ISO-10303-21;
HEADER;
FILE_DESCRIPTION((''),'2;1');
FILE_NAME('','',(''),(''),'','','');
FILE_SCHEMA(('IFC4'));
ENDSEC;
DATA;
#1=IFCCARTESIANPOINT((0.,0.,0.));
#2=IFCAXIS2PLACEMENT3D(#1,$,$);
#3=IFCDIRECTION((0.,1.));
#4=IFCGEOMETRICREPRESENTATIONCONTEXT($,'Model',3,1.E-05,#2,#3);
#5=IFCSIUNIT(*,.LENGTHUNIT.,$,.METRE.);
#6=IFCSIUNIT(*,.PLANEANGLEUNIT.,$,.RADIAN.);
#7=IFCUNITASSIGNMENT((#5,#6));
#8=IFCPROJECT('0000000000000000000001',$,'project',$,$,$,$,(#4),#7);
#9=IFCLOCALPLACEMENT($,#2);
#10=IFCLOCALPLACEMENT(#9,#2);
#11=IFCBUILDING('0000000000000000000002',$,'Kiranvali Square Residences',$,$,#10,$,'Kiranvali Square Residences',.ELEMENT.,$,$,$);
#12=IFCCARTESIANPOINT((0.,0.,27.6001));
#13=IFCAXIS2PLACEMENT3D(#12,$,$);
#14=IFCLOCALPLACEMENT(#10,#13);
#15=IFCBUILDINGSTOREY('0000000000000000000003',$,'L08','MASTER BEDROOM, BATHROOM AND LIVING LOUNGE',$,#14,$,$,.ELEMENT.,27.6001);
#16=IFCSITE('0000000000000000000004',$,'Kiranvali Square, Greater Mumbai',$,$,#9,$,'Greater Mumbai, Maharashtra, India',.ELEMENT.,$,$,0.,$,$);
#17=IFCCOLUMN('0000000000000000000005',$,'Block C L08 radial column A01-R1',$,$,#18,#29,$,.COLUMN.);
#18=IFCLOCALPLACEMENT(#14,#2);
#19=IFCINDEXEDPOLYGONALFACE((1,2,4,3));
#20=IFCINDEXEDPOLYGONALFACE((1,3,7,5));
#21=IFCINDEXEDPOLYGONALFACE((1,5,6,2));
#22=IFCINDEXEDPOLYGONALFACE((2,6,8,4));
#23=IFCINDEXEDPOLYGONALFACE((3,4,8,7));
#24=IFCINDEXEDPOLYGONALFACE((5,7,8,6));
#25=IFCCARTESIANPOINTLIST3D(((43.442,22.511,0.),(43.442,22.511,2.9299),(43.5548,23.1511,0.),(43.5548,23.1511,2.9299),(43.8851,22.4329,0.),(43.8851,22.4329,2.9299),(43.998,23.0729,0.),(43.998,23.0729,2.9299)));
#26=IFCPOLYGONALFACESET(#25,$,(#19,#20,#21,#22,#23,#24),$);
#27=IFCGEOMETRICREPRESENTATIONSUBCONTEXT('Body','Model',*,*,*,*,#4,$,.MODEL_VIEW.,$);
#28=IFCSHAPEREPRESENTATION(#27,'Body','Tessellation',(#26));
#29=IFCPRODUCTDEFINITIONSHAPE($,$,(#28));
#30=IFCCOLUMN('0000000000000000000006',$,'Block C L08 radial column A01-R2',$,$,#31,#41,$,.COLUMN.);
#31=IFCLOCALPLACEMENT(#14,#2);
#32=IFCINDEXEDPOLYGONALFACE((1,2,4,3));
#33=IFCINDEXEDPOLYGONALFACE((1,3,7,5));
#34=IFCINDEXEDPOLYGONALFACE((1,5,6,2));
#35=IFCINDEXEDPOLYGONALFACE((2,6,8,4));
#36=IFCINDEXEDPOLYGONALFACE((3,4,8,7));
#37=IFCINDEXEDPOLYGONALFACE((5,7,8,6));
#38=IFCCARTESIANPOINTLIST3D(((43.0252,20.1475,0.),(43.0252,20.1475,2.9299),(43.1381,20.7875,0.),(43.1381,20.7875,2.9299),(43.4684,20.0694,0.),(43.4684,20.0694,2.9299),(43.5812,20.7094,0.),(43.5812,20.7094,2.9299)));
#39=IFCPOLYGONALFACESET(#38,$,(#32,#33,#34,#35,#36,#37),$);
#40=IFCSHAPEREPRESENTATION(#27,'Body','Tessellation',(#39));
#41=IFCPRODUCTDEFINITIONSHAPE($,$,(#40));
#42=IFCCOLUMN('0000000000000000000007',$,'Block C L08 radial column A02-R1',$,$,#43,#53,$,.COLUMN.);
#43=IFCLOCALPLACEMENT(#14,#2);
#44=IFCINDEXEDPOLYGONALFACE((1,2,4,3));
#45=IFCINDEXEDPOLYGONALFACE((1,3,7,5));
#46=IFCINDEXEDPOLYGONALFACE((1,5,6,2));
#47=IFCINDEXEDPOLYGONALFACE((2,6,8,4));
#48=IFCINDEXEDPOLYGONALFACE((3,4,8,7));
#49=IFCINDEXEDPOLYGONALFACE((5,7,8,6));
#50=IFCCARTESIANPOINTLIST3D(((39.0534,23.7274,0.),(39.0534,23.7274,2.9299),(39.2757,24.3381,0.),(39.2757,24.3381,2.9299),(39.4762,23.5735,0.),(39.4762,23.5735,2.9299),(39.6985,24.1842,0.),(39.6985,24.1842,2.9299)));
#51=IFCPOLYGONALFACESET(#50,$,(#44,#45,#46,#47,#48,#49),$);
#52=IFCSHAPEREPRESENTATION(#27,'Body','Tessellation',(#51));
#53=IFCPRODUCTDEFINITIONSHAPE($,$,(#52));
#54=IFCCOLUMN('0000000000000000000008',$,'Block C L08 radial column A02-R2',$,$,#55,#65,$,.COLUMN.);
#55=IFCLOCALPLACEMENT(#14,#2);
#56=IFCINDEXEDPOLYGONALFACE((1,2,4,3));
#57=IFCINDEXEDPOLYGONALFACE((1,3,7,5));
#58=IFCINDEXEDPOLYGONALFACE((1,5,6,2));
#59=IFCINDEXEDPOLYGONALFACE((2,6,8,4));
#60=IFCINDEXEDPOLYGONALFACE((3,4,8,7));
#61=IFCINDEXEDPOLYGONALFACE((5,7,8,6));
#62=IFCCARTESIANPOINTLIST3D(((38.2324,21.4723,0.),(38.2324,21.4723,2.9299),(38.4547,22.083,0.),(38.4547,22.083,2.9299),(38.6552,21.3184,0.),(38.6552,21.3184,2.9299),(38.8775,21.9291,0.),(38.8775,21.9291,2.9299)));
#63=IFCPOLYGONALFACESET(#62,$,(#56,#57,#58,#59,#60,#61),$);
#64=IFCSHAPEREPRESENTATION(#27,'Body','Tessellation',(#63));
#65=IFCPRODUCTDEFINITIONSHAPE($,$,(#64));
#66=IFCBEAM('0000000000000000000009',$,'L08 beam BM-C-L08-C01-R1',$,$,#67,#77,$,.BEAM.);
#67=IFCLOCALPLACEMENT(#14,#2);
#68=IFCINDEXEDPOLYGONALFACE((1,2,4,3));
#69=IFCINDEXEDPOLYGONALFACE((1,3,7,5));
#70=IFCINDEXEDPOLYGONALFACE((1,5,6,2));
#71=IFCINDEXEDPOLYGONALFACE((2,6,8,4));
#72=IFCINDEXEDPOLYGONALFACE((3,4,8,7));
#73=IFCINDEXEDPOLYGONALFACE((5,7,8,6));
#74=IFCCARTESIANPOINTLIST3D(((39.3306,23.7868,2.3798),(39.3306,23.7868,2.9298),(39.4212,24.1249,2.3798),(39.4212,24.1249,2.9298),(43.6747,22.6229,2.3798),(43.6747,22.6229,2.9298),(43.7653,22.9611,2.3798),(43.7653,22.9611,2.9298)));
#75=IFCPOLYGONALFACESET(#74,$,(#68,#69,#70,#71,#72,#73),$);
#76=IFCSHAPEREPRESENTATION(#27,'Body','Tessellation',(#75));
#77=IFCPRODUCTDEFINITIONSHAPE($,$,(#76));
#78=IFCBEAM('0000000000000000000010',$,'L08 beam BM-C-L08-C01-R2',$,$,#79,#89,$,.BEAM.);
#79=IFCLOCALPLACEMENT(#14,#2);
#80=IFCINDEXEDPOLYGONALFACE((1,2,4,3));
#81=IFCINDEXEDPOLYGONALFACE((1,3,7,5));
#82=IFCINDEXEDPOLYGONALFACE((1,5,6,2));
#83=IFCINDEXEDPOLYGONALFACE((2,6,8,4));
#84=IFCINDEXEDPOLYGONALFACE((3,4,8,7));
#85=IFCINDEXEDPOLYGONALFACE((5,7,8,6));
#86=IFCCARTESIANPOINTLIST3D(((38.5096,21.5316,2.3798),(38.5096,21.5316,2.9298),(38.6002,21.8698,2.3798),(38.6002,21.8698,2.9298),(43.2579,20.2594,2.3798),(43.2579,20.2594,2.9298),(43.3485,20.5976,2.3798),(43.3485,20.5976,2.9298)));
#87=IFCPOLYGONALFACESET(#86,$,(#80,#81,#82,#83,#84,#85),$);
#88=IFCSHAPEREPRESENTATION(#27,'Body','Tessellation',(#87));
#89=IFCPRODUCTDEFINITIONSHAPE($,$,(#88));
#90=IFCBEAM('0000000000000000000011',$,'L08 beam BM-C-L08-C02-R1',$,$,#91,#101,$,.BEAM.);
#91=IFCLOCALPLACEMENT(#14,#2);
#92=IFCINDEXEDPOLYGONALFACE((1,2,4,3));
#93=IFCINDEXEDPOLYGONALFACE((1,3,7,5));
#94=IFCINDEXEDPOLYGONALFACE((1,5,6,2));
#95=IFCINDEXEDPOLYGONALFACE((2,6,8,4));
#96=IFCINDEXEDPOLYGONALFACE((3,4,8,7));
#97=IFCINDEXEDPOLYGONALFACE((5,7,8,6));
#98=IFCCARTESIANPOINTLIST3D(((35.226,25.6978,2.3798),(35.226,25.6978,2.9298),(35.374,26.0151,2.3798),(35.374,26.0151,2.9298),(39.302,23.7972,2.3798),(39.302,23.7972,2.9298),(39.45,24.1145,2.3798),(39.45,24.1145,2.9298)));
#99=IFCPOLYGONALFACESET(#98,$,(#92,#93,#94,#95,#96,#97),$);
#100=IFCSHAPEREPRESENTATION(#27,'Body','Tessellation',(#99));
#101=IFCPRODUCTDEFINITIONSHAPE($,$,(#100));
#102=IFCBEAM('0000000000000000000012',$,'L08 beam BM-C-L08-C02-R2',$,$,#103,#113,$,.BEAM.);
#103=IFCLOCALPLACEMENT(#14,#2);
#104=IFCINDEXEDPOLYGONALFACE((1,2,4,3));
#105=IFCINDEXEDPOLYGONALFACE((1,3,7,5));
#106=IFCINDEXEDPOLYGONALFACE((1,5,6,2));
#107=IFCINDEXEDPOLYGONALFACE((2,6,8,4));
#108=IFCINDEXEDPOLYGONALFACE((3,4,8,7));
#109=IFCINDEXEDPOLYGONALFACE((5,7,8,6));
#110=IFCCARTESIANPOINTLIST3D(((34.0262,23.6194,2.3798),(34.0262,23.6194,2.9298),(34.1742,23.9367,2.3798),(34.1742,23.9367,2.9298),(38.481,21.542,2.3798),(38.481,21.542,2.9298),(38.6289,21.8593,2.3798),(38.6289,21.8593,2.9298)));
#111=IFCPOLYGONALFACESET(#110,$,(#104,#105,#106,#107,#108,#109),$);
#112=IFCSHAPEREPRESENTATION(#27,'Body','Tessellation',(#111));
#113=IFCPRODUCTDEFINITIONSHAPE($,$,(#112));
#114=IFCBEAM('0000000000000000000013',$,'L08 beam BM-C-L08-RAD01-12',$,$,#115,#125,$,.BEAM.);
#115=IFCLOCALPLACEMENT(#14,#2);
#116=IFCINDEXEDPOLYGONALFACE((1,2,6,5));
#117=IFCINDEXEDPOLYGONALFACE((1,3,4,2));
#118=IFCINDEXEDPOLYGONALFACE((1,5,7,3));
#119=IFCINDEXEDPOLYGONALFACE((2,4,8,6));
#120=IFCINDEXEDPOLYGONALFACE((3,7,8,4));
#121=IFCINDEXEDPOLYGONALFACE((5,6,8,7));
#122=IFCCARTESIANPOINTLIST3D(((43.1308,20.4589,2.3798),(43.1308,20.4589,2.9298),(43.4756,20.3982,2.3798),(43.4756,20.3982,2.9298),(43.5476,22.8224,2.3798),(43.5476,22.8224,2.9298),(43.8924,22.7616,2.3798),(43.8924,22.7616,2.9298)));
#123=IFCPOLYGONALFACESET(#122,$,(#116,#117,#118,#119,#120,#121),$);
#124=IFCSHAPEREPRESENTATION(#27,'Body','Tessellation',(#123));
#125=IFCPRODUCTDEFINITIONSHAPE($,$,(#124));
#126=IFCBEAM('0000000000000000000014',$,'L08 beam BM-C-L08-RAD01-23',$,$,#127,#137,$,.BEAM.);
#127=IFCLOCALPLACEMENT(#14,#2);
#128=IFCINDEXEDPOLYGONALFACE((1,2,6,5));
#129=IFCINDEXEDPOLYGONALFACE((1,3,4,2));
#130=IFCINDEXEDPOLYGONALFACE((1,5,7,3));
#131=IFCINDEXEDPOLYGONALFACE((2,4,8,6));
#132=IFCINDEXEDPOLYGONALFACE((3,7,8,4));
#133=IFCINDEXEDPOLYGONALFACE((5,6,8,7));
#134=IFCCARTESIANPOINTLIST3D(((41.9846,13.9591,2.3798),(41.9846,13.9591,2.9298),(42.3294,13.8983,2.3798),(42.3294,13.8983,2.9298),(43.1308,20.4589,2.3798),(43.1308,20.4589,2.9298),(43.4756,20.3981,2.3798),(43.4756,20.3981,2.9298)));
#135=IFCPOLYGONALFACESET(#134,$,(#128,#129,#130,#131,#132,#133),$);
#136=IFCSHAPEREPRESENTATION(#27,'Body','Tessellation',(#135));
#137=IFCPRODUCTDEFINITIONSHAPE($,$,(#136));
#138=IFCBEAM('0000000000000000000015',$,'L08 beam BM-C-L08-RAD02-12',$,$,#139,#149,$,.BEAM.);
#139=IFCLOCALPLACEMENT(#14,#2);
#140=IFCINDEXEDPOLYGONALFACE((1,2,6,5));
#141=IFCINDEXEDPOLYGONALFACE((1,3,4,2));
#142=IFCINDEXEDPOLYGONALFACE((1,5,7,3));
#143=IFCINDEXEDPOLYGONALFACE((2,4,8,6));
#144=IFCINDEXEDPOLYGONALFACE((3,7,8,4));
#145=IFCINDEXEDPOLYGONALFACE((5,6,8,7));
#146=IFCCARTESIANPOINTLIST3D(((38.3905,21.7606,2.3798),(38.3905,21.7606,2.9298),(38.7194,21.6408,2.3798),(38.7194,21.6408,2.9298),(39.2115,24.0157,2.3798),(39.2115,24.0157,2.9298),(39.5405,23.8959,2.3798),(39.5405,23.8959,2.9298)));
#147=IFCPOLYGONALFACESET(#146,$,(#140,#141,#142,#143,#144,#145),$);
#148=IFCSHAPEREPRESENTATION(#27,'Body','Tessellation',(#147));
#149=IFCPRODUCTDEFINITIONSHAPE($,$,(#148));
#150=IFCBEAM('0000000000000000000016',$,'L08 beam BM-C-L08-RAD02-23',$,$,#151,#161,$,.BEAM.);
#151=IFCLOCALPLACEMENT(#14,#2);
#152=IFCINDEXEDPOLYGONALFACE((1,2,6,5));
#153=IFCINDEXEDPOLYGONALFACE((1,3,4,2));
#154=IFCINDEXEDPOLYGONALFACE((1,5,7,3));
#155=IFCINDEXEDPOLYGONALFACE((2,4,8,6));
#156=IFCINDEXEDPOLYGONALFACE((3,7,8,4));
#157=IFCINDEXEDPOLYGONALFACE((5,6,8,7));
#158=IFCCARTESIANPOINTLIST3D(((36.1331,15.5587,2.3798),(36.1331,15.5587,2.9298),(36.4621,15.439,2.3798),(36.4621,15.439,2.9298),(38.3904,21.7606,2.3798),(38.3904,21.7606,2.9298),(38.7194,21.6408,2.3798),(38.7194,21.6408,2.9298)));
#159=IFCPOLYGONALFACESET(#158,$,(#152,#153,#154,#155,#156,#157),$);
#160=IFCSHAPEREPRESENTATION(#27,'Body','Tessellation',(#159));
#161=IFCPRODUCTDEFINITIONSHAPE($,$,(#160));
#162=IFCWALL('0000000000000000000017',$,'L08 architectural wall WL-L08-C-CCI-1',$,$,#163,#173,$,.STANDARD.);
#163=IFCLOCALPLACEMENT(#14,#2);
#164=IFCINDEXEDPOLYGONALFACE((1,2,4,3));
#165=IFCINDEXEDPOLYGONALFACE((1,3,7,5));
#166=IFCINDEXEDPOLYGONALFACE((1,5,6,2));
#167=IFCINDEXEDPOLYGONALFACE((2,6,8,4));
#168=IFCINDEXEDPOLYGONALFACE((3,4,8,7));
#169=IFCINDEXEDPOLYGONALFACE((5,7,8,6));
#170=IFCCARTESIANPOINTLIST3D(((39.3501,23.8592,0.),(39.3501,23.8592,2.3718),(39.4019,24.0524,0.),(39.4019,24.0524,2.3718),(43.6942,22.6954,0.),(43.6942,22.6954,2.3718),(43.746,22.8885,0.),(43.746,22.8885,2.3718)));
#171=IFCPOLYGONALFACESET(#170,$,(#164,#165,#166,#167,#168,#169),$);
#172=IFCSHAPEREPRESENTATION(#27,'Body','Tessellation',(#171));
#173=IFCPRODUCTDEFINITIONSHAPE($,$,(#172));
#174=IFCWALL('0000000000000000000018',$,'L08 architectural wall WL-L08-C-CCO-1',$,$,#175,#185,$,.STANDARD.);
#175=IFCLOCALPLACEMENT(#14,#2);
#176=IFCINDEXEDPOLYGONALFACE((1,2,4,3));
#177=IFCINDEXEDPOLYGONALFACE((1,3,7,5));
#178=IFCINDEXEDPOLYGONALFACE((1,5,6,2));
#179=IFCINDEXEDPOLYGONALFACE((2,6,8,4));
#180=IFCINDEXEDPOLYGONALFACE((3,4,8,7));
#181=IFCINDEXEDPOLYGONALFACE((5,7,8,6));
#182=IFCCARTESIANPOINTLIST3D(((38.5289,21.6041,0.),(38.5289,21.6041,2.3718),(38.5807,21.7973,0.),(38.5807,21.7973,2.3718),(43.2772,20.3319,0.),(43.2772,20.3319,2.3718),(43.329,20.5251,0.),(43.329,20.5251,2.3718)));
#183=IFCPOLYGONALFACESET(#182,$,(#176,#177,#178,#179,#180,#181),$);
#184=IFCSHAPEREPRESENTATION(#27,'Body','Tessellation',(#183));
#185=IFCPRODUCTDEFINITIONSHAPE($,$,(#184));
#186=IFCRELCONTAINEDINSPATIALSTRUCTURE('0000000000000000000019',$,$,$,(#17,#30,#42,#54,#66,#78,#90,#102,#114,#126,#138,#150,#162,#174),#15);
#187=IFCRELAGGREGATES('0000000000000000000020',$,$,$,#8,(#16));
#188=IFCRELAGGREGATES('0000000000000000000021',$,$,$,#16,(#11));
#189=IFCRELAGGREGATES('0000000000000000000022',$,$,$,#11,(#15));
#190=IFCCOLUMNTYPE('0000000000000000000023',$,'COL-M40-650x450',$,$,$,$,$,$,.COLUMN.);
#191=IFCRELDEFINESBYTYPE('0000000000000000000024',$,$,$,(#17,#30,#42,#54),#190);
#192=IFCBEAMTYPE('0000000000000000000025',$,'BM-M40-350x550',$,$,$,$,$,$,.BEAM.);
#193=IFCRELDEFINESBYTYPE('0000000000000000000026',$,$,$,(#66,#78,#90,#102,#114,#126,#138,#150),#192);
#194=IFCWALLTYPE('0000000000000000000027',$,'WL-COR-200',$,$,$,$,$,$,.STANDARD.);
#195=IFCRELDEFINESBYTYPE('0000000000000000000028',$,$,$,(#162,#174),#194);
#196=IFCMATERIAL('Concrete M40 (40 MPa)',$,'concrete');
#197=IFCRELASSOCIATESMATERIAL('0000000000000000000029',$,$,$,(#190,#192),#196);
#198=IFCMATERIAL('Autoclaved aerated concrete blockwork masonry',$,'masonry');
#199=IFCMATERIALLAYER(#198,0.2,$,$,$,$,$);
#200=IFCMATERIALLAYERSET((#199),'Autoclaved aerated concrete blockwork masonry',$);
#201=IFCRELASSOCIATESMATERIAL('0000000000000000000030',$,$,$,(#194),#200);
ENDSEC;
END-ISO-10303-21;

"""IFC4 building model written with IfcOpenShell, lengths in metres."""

from ifc_helpers import new_model, si_unit, direction, frame, frame_2d, origin, origin_2d, place, context, subcontext, project, spatial, rectangle, extrude, material, layer, layer_set, material_profile, profile_set, type_object, element, save


model = new_model("IFC4")

# Units and contexts
model_context = context("Model", 3, precision=1e-05, world=origin(), true_north=direction((0.0, 1.0)))
body_context = subcontext(model_context, "Body", "Model", "MODEL_VIEW")
ifc_project = project(units=[si_unit("LENGTHUNIT", "METRE"), si_unit("PLANEANGLEUNIT", "RADIAN")], contexts=[model_context])

# Site, building, storey
site_placement = place(None, origin())
site = spatial("IfcSite", under=ifc_project, at=site_placement, Name="Kiranvali Square, Greater Mumbai", LongName="Greater Mumbai, Maharashtra, India", CompositionType="ELEMENT", RefElevation=0.0)
building_placement = place(site_placement, origin())
building = spatial("IfcBuilding", under=site, at=building_placement, Name="Kiranvali Square Residences", LongName="Kiranvali Square Residences", CompositionType="ELEMENT")
storey_placement = place(building_placement, frame((0.0, 0.0, 27.6001)))
storey = spatial("IfcBuildingStorey", under=building, at=storey_placement, Name="L08", Description="MASTER BEDROOM, BATHROOM AND LIVING LOUNGE", CompositionType="ELEMENT", Elevation=27.6001)

# Columns
ifc_material_1 = material(Name="Concrete M40 (40 MPa)", Category="concrete")
ifc_material_profile_1 = material_profile(ifc_material_1, rectangle(XDim=0.45, YDim=0.6499, at=origin_2d()), Name="RC 650x450")
ifc_profile_set_1 = profile_set([ifc_material_profile_1], Name="Concrete M40 (40 MPa)")
column_type = type_object("IfcColumnType", Name="COL-M40-650x450", PredefinedType="COLUMN", material=ifc_profile_set_1)
for number, where, z_axis, x_axis, name in (
    (1, (43.72, 22.792, 0.0), (0.0, 0.0, 1.0), (-0.984808, 0.173648, 0.0), "Block C L08 radial column A01-R1"),
    (2, (43.3032, 20.4285, 0.0), (0.0, 0.0, 1.0), (-0.984808, 0.173648, 0.0), "Block C L08 radial column A01-R2"),
    (3, (39.376, 23.9558, 0.0), (0.0, 0.0, 1.0), (-0.939693, 0.34202, 0.0), "Block C L08 radial column A02-R1"),
    (4, (38.5549, 21.7007, 0.0), (0.0, 0.0, 1.0), (-0.939693, 0.34202, 0.0), "Block C L08 radial column A02-R2"),
):
    element("IfcColumn", number, at=place(storey_placement, frame(where, z_axis=z_axis, x_axis=x_axis)), inside=storey, type_object=column_type, Name=name, PredefinedType="COLUMN", context=body_context, shape_type="SweptSolid", body=[
        extrude(rectangle(XDim=0.45, YDim=0.6499, at=origin_2d()), origin(), (0.0, 0.0, 1.0), 2.9299),
    ])

# Beams
ifc_material_profile_2 = material_profile(ifc_material_1, rectangle(XDim=0.3501, YDim=0.55, at=origin_2d()), Name="RC 350x550")
ifc_profile_set_2 = profile_set([ifc_material_profile_2], Name="Concrete M40 (40 MPa)")
beam_type = type_object("IfcBeamType", Name="BM-M40-350x550", PredefinedType="BEAM", material=ifc_profile_set_2)
beam_1_placement = place(storey_placement, frame((43.72, 22.792, 2.6548), z_axis=(-0.965934, 0.258788, 0.0), x_axis=(-0.258788, -0.965934, 0.0)))
element("IfcBeam", 5, at=beam_1_placement, inside=storey, type_object=beam_type, Name="L08 beam BM-C-L08-C01-R1", PredefinedType="BEAM", context=body_context, shape_type="SweptSolid", body=[
    extrude(rectangle(XDim=0.3501, YDim=0.55, at=origin_2d()), origin(), (0.0, 0.0, 1.0), 4.4973),
])
beam_2_placement = place(storey_placement, frame((43.3032, 20.4285, 2.6548), z_axis=(-0.96593, 0.258803, 0.0), x_axis=(-0.258803, -0.96593, 0.0)))
element("IfcBeam", 6, at=beam_2_placement, inside=storey, type_object=beam_type, Name="L08 beam BM-C-L08-C01-R2", PredefinedType="BEAM", context=body_context, shape_type="SweptSolid", body=[
    extrude(rectangle(XDim=0.3501, YDim=0.55, at=origin_2d()), origin(), (0.0, 0.0, 1.0), 4.9158),
])
beam_3_placement = place(storey_placement, frame((39.376, 23.9558, 2.6548), z_axis=(-0.906308, 0.422618, 0.0), x_axis=(-0.422618, -0.906308, 0.0)))
element("IfcBeam", 7, at=beam_3_placement, inside=storey, type_object=beam_type, Name="L08 beam BM-C-L08-C02-R1", PredefinedType="BEAM", context=body_context, shape_type="SweptSolid", body=[
    extrude(rectangle(XDim=0.3501, YDim=0.55, at=origin_2d()), origin(), (0.0, 0.0, 1.0), 4.4973),
])
beam_4_placement = place(storey_placement, frame((38.5549, 21.7007, 2.6548), z_axis=(-0.906302, 0.42263, 0.0), x_axis=(-0.42263, -0.906302, 0.0)))
element("IfcBeam", 8, at=beam_4_placement, inside=storey, type_object=beam_type, Name="L08 beam BM-C-L08-C02-R2", PredefinedType="BEAM", context=body_context, shape_type="SweptSolid", body=[
    extrude(rectangle(XDim=0.3501, YDim=0.55, at=origin_2d()), origin(), (0.0, 0.0, 1.0), 4.9153),
])
beam_5_placement = place(storey_placement, frame((43.72, 22.792, 2.6548), z_axis=(-0.173646, -0.984808, 0.0), x_axis=(0.984808, -0.173646, 0.0)))
element("IfcBeam", 9, at=beam_5_placement, inside=storey, type_object=beam_type, Name="L08 beam BM-C-L08-RAD01-12", PredefinedType="BEAM", context=body_context, shape_type="SweptSolid", body=[
    extrude(rectangle(XDim=0.3501, YDim=0.55, at=origin_2d()), origin(), (0.0, 0.0, 1.0), 2.3999),
])
beam_6_placement = place(storey_placement, frame((43.3032, 20.4285, 2.6548), z_axis=(-0.173671, -0.984804, 0.0), x_axis=(0.984804, -0.173671, 0.0)))
element("IfcBeam", 10, at=beam_6_placement, inside=storey, type_object=beam_type, Name="L08 beam BM-C-L08-RAD01-23", PredefinedType="BEAM", context=body_context, shape_type="SweptSolid", body=[
    extrude(rectangle(XDim=0.3501, YDim=0.55, at=origin_2d()), origin(), (0.0, 0.0, 1.0), 6.6001),
])
beam_7_placement = place(storey_placement, frame((39.376, 23.9558, 2.6548), z_axis=(-0.342111, -0.93966, 0.0), x_axis=(0.93966, -0.342111, 0.0)))
element("IfcBeam", 11, at=beam_7_placement, inside=storey, type_object=beam_type, Name="L08 beam BM-C-L08-RAD02-12", PredefinedType="BEAM", context=body_context, shape_type="SweptSolid", body=[
    extrude(rectangle(XDim=0.3501, YDim=0.55, at=origin_2d()), origin(), (0.0, 0.0, 1.0), 2.3999),
])
beam_8_placement = place(storey_placement, frame((38.5549, 21.7007, 2.6548), z_axis=(-0.342022, -0.939692, 0.0), x_axis=(0.939692, -0.342022, 0.0)))
element("IfcBeam", 12, at=beam_8_placement, inside=storey, type_object=beam_type, Name="L08 beam BM-C-L08-RAD02-23", PredefinedType="BEAM", context=body_context, shape_type="SweptSolid", body=[
    extrude(rectangle(XDim=0.3501, YDim=0.55, at=origin_2d()), origin(), (0.0, 0.0, 1.0), 6.5999),
])

# Walls
ifc_material_2 = material(Name="Autoclaved aerated concrete blockwork masonry", Category="masonry")
ifc_layer_1 = layer(ifc_material_2, 0.2)
ifc_layer_set_1 = layer_set([ifc_layer_1], Name="Autoclaved aerated concrete blockwork masonry")
wall_type_1 = type_object("IfcWallType", Name="WL-COR-200", PredefinedType="STANDARD", material=ifc_layer_set_1)
wall_1_placement = place(storey_placement, frame((43.72, 22.792, 0.0), z_axis=(0.0, 0.0, 1.0), x_axis=(-0.965934, 0.258788, 0.0)))
element("IfcWall", 13, at=wall_1_placement, inside=storey, type_object=wall_type_1, Name="L08 architectural wall WL-L08-C-CCI-1", PredefinedType="STANDARD", context=body_context, shape_type="SweptSolid", body=[
    extrude(rectangle(XDim=4.4973, YDim=0.2, at=frame_2d((2.2485, 0.0))), origin(), (0.0, 0.0, 1.0), 2.3718),
])
wall_2_placement = place(storey_placement, frame((43.3032, 20.4285, 0.0), z_axis=(0.0, 0.0, 1.0), x_axis=(-0.96593, 0.258803, 0.0)))
element("IfcWall", 14, at=wall_2_placement, inside=storey, type_object=wall_type_1, Name="L08 architectural wall WL-L08-C-CCO-1", PredefinedType="STANDARD", context=body_context, shape_type="SweptSolid", body=[
    extrude(rectangle(XDim=4.9158, YDim=0.2, at=frame_2d((2.458, 0.0))), origin(), (0.0, 0.0, 1.0), 2.3718),
])

save(model, "model.ifc")
